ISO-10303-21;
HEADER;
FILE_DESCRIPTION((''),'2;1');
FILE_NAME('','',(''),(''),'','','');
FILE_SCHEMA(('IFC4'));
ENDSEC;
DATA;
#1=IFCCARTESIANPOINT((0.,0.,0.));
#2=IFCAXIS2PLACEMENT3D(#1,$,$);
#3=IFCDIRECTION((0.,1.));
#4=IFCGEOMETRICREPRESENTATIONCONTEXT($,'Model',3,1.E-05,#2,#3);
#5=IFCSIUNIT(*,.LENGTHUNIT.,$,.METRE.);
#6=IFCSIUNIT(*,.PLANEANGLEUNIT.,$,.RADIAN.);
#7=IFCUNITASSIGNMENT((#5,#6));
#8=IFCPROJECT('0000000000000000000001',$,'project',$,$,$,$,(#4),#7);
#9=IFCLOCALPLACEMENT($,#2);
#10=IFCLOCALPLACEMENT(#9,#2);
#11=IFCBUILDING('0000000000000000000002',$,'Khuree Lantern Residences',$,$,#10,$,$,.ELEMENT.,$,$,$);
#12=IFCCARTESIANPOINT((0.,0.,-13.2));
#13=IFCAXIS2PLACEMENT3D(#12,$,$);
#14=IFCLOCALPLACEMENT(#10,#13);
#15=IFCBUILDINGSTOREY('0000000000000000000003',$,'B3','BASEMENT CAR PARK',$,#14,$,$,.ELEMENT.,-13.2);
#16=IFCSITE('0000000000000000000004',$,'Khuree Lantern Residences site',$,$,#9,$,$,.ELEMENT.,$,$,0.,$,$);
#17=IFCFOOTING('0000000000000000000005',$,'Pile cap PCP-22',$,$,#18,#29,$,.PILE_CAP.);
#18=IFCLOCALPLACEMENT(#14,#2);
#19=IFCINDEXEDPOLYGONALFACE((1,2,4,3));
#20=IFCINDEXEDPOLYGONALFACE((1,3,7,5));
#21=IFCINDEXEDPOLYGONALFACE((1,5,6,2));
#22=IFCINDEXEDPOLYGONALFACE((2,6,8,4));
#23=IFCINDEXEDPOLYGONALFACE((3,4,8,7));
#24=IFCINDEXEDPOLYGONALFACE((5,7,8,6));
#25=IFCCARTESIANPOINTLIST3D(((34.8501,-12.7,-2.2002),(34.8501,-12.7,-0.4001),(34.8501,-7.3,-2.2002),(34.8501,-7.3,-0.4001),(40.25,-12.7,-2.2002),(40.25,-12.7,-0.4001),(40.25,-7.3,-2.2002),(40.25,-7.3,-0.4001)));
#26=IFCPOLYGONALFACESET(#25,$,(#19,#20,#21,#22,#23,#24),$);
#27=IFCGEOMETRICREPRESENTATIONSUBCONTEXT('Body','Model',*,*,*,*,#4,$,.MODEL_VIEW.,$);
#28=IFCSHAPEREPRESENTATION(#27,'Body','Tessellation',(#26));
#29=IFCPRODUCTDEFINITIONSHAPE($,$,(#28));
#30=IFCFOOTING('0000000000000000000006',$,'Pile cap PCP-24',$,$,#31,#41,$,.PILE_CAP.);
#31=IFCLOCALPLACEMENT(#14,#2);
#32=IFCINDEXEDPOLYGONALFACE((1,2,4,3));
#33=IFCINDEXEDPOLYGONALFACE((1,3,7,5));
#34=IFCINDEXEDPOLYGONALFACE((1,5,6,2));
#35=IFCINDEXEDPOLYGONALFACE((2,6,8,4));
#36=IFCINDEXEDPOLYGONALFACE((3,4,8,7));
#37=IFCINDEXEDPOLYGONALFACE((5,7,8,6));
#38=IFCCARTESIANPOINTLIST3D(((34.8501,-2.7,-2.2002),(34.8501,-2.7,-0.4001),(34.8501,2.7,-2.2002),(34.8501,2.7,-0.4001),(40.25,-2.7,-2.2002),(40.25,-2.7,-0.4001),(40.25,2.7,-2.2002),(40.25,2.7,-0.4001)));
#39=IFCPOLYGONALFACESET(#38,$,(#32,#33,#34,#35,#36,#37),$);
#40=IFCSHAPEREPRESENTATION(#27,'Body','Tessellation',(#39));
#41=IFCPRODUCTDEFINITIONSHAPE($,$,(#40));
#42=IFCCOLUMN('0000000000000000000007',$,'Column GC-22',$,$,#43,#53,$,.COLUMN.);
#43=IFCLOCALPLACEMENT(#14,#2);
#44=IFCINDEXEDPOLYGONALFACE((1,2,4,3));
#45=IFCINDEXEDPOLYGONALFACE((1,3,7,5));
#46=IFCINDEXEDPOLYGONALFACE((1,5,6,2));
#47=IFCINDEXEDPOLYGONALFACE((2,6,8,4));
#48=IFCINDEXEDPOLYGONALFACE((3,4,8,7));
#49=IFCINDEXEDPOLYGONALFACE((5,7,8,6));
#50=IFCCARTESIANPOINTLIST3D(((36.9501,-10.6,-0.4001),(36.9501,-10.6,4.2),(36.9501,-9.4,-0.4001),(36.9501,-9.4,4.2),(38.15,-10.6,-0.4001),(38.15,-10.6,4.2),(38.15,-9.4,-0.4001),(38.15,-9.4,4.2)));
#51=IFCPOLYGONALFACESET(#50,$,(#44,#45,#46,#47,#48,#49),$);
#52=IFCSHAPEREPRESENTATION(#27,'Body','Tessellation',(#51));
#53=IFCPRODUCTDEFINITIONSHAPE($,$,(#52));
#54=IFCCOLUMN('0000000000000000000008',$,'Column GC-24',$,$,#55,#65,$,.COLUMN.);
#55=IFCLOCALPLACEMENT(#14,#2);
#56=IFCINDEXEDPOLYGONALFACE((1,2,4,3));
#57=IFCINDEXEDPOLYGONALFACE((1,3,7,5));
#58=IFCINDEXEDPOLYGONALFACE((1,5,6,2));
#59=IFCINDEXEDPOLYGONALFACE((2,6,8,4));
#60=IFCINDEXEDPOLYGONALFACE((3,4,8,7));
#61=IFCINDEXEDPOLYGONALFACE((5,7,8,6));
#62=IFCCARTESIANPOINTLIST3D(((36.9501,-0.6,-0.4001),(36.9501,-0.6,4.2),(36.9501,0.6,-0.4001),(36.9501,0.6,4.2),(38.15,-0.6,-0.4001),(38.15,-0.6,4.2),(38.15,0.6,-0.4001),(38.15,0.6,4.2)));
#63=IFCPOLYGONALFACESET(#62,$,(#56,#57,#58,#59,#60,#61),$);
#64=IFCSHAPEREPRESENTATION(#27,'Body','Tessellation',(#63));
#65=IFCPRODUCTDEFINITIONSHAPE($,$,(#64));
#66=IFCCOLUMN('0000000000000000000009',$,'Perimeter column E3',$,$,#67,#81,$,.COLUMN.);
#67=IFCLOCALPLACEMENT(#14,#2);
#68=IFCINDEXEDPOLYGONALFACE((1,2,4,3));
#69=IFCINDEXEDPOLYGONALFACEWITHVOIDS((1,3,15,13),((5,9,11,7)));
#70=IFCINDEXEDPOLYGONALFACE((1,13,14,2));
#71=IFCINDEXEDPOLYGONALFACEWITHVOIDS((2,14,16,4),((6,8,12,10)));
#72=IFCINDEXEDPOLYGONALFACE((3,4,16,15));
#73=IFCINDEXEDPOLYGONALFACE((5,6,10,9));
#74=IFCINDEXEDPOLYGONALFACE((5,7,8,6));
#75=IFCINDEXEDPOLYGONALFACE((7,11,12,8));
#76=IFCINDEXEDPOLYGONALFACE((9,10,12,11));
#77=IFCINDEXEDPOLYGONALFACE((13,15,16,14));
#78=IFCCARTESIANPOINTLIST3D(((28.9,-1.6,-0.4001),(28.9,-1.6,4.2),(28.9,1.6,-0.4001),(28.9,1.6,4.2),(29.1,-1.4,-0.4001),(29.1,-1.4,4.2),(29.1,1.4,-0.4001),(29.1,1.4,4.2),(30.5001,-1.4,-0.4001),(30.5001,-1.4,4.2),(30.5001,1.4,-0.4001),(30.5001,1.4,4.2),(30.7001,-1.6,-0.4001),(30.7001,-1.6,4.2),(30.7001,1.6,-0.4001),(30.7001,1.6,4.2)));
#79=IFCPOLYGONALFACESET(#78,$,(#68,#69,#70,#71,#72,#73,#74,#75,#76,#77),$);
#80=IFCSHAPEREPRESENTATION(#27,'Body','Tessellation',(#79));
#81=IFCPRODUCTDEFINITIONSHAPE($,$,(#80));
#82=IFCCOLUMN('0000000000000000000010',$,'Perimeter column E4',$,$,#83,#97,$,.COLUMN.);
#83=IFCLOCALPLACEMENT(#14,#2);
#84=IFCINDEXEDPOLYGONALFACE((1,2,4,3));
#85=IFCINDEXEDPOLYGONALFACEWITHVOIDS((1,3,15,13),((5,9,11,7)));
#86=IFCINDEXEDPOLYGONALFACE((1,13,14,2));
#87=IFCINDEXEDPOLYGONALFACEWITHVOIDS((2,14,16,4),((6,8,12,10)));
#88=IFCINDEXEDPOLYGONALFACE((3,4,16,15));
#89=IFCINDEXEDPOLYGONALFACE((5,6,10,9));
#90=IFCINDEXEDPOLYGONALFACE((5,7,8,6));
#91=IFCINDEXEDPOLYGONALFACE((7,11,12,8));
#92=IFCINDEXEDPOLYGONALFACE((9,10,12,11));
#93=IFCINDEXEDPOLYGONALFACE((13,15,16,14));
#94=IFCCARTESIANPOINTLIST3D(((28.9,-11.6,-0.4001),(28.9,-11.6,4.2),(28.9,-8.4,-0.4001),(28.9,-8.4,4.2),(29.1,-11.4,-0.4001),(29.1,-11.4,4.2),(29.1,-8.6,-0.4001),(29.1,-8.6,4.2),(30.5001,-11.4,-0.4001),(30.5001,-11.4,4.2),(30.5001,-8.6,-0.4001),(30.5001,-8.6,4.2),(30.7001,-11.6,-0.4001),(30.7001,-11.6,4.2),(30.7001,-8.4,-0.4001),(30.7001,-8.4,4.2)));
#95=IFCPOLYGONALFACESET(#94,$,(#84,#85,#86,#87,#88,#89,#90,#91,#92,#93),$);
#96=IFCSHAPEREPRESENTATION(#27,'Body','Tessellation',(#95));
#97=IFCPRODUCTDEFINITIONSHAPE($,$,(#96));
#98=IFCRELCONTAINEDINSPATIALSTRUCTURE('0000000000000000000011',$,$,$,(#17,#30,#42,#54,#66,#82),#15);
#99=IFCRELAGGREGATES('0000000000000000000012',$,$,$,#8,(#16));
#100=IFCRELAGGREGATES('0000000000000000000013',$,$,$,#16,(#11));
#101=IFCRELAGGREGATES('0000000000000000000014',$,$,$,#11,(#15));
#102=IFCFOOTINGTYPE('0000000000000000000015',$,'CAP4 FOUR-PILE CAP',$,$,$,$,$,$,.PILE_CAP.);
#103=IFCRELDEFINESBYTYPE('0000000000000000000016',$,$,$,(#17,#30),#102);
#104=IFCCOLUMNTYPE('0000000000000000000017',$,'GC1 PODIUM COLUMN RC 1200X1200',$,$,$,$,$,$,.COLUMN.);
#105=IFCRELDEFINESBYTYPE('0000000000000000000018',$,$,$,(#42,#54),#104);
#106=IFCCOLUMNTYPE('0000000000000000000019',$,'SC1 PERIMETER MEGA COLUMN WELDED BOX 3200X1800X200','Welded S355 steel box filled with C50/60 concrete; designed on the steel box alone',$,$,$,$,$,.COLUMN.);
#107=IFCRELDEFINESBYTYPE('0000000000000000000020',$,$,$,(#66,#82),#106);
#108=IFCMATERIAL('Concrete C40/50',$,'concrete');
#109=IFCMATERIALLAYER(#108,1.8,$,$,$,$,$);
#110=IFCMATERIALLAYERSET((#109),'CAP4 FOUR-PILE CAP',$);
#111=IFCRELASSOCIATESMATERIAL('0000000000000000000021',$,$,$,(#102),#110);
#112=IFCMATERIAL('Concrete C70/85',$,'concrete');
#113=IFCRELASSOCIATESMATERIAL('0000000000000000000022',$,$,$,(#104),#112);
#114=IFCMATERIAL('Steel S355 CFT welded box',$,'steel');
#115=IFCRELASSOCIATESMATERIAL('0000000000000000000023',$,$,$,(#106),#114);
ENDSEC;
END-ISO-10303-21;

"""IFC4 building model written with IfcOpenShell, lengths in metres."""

from ifc_helpers import new_model, si_unit, direction, frame, origin, origin_2d, place, context, subcontext, project, spatial, rectangle, hollow_rectangle, extrude, material, layer, layer_set, material_profile, profile_set, type_object, element, save


model = new_model("IFC4")

# Units and contexts
model_context = context("Model", 3, precision=1e-05, world=origin(), true_north=direction((0.0, 1.0)))
body_context = subcontext(model_context, "Body", "Model", "MODEL_VIEW")
ifc_project = project(units=[si_unit("LENGTHUNIT", "METRE"), si_unit("PLANEANGLEUNIT", "RADIAN")], contexts=[model_context])

# Site, building, storey
site_placement = place(None, origin())
site = spatial("IfcSite", under=ifc_project, at=site_placement, Name="Khuree Lantern Residences site", CompositionType="ELEMENT", RefElevation=0.0)
building_placement = place(site_placement, origin())
building = spatial("IfcBuilding", under=site, at=building_placement, Name="Khuree Lantern Residences", CompositionType="ELEMENT")
storey_placement = place(building_placement, frame((0.0, 0.0, -13.2)))
storey = spatial("IfcBuildingStorey", under=building, at=storey_placement, Name="B3", Description="BASEMENT CAR PARK", CompositionType="ELEMENT", Elevation=-13.2)

# Footings
ifc_material_1 = material(Name="Concrete C40/50", Category="concrete")
ifc_layer = layer(ifc_material_1, 1.8)
ifc_layer_set = layer_set([ifc_layer], Name="CAP4 FOUR-PILE CAP")
footing_type = type_object("IfcFootingType", Name="CAP4 FOUR-PILE CAP", PredefinedType="PILE_CAP", material=ifc_layer_set)
for number, where, z_axis, x_axis, name in (
    (1, (37.55, -10.0, -2.2002), (0.0, 0.0, 1.0), (1.0, 0.0, 0.0), "Pile cap PCP-22"),
    (2, (37.55, 0.0, -2.2002), (0.0, 0.0, 1.0), (1.0, 0.0, 0.0), "Pile cap PCP-24"),
):
    element("IfcFooting", number, at=place(storey_placement, frame(where, z_axis=z_axis, x_axis=x_axis)), inside=storey, type_object=footing_type, Name=name, PredefinedType="PILE_CAP", context=body_context, shape_type="SweptSolid", body=[
        extrude(rectangle(XDim=5.3999, YDim=5.3999, at=origin_2d()), origin(), (0.0, 0.0, 1.0), 1.8),
    ])

# Columns
ifc_material_2 = material(Name="Concrete C70/85", Category="concrete")
ifc_material_profile_1 = material_profile(ifc_material_2, rectangle(XDim=1.2, YDim=1.2, at=origin_2d()), Name="RC 1200X1200")
ifc_profile_set_1 = profile_set([ifc_material_profile_1], Name="Concrete C70/85")
column_type_1 = type_object("IfcColumnType", Name="GC1 PODIUM COLUMN RC 1200X1200", PredefinedType="COLUMN", material=ifc_profile_set_1)
for number, where, z_axis, x_axis, name in (
    (3, (37.55, -10.0, -0.4001), (0.0, 0.0, 1.0), (1.0, 0.0, 0.0), "Column GC-22"),
    (4, (37.55, 0.0, -0.4001), (0.0, 0.0, 1.0), (1.0, 0.0, 0.0), "Column GC-24"),
):
    element("IfcColumn", number, at=place(storey_placement, frame(where, z_axis=z_axis, x_axis=x_axis)), inside=storey, type_object=column_type_1, Name=name, PredefinedType="COLUMN", context=body_context, shape_type="SweptSolid", body=[
        extrude(rectangle(XDim=1.2, YDim=1.2, at=origin_2d()), origin(), (0.0, 0.0, 1.0), 4.6001),
    ])
ifc_material_3 = material(Name="Steel S355 CFT welded box", Category="steel")
ifc_material_profile_2 = material_profile(ifc_material_3, hollow_rectangle(XDim=3.2, YDim=1.8, WallThickness=0.2, at=origin_2d()), Name="WELDED BOX 3200X1800X200")
ifc_profile_set_2 = profile_set([ifc_material_profile_2], Name="Steel S355 CFT welded box")
column_type_2 = type_object("IfcColumnType", Name="SC1 PERIMETER MEGA COLUMN WELDED BOX 3200X1800X200", Description="Welded S355 steel box filled with C50/60 concrete; designed on the steel box alone", PredefinedType="COLUMN", material=ifc_profile_set_2)
for number, where, z_axis, x_axis, name in (
    (5, (29.8, 0.0, -0.4001), (0.0, 0.0, 1.0), (0.0, 1.0, 0.0), "Perimeter column E3"),
    (6, (29.8, -10.0, -0.4001), (0.0, 0.0, 1.0), (0.0, 1.0, 0.0), "Perimeter column E4"),
):
    element("IfcColumn", number, at=place(storey_placement, frame(where, z_axis=z_axis, x_axis=x_axis)), inside=storey, type_object=column_type_2, Name=name, PredefinedType="COLUMN", context=body_context, shape_type="SweptSolid", body=[
        extrude(hollow_rectangle(XDim=3.2, YDim=1.8, WallThickness=0.2, at=origin_2d()), origin(), (0.0, 0.0, 1.0), 4.6001),
    ])

save(model, "model.ifc")
